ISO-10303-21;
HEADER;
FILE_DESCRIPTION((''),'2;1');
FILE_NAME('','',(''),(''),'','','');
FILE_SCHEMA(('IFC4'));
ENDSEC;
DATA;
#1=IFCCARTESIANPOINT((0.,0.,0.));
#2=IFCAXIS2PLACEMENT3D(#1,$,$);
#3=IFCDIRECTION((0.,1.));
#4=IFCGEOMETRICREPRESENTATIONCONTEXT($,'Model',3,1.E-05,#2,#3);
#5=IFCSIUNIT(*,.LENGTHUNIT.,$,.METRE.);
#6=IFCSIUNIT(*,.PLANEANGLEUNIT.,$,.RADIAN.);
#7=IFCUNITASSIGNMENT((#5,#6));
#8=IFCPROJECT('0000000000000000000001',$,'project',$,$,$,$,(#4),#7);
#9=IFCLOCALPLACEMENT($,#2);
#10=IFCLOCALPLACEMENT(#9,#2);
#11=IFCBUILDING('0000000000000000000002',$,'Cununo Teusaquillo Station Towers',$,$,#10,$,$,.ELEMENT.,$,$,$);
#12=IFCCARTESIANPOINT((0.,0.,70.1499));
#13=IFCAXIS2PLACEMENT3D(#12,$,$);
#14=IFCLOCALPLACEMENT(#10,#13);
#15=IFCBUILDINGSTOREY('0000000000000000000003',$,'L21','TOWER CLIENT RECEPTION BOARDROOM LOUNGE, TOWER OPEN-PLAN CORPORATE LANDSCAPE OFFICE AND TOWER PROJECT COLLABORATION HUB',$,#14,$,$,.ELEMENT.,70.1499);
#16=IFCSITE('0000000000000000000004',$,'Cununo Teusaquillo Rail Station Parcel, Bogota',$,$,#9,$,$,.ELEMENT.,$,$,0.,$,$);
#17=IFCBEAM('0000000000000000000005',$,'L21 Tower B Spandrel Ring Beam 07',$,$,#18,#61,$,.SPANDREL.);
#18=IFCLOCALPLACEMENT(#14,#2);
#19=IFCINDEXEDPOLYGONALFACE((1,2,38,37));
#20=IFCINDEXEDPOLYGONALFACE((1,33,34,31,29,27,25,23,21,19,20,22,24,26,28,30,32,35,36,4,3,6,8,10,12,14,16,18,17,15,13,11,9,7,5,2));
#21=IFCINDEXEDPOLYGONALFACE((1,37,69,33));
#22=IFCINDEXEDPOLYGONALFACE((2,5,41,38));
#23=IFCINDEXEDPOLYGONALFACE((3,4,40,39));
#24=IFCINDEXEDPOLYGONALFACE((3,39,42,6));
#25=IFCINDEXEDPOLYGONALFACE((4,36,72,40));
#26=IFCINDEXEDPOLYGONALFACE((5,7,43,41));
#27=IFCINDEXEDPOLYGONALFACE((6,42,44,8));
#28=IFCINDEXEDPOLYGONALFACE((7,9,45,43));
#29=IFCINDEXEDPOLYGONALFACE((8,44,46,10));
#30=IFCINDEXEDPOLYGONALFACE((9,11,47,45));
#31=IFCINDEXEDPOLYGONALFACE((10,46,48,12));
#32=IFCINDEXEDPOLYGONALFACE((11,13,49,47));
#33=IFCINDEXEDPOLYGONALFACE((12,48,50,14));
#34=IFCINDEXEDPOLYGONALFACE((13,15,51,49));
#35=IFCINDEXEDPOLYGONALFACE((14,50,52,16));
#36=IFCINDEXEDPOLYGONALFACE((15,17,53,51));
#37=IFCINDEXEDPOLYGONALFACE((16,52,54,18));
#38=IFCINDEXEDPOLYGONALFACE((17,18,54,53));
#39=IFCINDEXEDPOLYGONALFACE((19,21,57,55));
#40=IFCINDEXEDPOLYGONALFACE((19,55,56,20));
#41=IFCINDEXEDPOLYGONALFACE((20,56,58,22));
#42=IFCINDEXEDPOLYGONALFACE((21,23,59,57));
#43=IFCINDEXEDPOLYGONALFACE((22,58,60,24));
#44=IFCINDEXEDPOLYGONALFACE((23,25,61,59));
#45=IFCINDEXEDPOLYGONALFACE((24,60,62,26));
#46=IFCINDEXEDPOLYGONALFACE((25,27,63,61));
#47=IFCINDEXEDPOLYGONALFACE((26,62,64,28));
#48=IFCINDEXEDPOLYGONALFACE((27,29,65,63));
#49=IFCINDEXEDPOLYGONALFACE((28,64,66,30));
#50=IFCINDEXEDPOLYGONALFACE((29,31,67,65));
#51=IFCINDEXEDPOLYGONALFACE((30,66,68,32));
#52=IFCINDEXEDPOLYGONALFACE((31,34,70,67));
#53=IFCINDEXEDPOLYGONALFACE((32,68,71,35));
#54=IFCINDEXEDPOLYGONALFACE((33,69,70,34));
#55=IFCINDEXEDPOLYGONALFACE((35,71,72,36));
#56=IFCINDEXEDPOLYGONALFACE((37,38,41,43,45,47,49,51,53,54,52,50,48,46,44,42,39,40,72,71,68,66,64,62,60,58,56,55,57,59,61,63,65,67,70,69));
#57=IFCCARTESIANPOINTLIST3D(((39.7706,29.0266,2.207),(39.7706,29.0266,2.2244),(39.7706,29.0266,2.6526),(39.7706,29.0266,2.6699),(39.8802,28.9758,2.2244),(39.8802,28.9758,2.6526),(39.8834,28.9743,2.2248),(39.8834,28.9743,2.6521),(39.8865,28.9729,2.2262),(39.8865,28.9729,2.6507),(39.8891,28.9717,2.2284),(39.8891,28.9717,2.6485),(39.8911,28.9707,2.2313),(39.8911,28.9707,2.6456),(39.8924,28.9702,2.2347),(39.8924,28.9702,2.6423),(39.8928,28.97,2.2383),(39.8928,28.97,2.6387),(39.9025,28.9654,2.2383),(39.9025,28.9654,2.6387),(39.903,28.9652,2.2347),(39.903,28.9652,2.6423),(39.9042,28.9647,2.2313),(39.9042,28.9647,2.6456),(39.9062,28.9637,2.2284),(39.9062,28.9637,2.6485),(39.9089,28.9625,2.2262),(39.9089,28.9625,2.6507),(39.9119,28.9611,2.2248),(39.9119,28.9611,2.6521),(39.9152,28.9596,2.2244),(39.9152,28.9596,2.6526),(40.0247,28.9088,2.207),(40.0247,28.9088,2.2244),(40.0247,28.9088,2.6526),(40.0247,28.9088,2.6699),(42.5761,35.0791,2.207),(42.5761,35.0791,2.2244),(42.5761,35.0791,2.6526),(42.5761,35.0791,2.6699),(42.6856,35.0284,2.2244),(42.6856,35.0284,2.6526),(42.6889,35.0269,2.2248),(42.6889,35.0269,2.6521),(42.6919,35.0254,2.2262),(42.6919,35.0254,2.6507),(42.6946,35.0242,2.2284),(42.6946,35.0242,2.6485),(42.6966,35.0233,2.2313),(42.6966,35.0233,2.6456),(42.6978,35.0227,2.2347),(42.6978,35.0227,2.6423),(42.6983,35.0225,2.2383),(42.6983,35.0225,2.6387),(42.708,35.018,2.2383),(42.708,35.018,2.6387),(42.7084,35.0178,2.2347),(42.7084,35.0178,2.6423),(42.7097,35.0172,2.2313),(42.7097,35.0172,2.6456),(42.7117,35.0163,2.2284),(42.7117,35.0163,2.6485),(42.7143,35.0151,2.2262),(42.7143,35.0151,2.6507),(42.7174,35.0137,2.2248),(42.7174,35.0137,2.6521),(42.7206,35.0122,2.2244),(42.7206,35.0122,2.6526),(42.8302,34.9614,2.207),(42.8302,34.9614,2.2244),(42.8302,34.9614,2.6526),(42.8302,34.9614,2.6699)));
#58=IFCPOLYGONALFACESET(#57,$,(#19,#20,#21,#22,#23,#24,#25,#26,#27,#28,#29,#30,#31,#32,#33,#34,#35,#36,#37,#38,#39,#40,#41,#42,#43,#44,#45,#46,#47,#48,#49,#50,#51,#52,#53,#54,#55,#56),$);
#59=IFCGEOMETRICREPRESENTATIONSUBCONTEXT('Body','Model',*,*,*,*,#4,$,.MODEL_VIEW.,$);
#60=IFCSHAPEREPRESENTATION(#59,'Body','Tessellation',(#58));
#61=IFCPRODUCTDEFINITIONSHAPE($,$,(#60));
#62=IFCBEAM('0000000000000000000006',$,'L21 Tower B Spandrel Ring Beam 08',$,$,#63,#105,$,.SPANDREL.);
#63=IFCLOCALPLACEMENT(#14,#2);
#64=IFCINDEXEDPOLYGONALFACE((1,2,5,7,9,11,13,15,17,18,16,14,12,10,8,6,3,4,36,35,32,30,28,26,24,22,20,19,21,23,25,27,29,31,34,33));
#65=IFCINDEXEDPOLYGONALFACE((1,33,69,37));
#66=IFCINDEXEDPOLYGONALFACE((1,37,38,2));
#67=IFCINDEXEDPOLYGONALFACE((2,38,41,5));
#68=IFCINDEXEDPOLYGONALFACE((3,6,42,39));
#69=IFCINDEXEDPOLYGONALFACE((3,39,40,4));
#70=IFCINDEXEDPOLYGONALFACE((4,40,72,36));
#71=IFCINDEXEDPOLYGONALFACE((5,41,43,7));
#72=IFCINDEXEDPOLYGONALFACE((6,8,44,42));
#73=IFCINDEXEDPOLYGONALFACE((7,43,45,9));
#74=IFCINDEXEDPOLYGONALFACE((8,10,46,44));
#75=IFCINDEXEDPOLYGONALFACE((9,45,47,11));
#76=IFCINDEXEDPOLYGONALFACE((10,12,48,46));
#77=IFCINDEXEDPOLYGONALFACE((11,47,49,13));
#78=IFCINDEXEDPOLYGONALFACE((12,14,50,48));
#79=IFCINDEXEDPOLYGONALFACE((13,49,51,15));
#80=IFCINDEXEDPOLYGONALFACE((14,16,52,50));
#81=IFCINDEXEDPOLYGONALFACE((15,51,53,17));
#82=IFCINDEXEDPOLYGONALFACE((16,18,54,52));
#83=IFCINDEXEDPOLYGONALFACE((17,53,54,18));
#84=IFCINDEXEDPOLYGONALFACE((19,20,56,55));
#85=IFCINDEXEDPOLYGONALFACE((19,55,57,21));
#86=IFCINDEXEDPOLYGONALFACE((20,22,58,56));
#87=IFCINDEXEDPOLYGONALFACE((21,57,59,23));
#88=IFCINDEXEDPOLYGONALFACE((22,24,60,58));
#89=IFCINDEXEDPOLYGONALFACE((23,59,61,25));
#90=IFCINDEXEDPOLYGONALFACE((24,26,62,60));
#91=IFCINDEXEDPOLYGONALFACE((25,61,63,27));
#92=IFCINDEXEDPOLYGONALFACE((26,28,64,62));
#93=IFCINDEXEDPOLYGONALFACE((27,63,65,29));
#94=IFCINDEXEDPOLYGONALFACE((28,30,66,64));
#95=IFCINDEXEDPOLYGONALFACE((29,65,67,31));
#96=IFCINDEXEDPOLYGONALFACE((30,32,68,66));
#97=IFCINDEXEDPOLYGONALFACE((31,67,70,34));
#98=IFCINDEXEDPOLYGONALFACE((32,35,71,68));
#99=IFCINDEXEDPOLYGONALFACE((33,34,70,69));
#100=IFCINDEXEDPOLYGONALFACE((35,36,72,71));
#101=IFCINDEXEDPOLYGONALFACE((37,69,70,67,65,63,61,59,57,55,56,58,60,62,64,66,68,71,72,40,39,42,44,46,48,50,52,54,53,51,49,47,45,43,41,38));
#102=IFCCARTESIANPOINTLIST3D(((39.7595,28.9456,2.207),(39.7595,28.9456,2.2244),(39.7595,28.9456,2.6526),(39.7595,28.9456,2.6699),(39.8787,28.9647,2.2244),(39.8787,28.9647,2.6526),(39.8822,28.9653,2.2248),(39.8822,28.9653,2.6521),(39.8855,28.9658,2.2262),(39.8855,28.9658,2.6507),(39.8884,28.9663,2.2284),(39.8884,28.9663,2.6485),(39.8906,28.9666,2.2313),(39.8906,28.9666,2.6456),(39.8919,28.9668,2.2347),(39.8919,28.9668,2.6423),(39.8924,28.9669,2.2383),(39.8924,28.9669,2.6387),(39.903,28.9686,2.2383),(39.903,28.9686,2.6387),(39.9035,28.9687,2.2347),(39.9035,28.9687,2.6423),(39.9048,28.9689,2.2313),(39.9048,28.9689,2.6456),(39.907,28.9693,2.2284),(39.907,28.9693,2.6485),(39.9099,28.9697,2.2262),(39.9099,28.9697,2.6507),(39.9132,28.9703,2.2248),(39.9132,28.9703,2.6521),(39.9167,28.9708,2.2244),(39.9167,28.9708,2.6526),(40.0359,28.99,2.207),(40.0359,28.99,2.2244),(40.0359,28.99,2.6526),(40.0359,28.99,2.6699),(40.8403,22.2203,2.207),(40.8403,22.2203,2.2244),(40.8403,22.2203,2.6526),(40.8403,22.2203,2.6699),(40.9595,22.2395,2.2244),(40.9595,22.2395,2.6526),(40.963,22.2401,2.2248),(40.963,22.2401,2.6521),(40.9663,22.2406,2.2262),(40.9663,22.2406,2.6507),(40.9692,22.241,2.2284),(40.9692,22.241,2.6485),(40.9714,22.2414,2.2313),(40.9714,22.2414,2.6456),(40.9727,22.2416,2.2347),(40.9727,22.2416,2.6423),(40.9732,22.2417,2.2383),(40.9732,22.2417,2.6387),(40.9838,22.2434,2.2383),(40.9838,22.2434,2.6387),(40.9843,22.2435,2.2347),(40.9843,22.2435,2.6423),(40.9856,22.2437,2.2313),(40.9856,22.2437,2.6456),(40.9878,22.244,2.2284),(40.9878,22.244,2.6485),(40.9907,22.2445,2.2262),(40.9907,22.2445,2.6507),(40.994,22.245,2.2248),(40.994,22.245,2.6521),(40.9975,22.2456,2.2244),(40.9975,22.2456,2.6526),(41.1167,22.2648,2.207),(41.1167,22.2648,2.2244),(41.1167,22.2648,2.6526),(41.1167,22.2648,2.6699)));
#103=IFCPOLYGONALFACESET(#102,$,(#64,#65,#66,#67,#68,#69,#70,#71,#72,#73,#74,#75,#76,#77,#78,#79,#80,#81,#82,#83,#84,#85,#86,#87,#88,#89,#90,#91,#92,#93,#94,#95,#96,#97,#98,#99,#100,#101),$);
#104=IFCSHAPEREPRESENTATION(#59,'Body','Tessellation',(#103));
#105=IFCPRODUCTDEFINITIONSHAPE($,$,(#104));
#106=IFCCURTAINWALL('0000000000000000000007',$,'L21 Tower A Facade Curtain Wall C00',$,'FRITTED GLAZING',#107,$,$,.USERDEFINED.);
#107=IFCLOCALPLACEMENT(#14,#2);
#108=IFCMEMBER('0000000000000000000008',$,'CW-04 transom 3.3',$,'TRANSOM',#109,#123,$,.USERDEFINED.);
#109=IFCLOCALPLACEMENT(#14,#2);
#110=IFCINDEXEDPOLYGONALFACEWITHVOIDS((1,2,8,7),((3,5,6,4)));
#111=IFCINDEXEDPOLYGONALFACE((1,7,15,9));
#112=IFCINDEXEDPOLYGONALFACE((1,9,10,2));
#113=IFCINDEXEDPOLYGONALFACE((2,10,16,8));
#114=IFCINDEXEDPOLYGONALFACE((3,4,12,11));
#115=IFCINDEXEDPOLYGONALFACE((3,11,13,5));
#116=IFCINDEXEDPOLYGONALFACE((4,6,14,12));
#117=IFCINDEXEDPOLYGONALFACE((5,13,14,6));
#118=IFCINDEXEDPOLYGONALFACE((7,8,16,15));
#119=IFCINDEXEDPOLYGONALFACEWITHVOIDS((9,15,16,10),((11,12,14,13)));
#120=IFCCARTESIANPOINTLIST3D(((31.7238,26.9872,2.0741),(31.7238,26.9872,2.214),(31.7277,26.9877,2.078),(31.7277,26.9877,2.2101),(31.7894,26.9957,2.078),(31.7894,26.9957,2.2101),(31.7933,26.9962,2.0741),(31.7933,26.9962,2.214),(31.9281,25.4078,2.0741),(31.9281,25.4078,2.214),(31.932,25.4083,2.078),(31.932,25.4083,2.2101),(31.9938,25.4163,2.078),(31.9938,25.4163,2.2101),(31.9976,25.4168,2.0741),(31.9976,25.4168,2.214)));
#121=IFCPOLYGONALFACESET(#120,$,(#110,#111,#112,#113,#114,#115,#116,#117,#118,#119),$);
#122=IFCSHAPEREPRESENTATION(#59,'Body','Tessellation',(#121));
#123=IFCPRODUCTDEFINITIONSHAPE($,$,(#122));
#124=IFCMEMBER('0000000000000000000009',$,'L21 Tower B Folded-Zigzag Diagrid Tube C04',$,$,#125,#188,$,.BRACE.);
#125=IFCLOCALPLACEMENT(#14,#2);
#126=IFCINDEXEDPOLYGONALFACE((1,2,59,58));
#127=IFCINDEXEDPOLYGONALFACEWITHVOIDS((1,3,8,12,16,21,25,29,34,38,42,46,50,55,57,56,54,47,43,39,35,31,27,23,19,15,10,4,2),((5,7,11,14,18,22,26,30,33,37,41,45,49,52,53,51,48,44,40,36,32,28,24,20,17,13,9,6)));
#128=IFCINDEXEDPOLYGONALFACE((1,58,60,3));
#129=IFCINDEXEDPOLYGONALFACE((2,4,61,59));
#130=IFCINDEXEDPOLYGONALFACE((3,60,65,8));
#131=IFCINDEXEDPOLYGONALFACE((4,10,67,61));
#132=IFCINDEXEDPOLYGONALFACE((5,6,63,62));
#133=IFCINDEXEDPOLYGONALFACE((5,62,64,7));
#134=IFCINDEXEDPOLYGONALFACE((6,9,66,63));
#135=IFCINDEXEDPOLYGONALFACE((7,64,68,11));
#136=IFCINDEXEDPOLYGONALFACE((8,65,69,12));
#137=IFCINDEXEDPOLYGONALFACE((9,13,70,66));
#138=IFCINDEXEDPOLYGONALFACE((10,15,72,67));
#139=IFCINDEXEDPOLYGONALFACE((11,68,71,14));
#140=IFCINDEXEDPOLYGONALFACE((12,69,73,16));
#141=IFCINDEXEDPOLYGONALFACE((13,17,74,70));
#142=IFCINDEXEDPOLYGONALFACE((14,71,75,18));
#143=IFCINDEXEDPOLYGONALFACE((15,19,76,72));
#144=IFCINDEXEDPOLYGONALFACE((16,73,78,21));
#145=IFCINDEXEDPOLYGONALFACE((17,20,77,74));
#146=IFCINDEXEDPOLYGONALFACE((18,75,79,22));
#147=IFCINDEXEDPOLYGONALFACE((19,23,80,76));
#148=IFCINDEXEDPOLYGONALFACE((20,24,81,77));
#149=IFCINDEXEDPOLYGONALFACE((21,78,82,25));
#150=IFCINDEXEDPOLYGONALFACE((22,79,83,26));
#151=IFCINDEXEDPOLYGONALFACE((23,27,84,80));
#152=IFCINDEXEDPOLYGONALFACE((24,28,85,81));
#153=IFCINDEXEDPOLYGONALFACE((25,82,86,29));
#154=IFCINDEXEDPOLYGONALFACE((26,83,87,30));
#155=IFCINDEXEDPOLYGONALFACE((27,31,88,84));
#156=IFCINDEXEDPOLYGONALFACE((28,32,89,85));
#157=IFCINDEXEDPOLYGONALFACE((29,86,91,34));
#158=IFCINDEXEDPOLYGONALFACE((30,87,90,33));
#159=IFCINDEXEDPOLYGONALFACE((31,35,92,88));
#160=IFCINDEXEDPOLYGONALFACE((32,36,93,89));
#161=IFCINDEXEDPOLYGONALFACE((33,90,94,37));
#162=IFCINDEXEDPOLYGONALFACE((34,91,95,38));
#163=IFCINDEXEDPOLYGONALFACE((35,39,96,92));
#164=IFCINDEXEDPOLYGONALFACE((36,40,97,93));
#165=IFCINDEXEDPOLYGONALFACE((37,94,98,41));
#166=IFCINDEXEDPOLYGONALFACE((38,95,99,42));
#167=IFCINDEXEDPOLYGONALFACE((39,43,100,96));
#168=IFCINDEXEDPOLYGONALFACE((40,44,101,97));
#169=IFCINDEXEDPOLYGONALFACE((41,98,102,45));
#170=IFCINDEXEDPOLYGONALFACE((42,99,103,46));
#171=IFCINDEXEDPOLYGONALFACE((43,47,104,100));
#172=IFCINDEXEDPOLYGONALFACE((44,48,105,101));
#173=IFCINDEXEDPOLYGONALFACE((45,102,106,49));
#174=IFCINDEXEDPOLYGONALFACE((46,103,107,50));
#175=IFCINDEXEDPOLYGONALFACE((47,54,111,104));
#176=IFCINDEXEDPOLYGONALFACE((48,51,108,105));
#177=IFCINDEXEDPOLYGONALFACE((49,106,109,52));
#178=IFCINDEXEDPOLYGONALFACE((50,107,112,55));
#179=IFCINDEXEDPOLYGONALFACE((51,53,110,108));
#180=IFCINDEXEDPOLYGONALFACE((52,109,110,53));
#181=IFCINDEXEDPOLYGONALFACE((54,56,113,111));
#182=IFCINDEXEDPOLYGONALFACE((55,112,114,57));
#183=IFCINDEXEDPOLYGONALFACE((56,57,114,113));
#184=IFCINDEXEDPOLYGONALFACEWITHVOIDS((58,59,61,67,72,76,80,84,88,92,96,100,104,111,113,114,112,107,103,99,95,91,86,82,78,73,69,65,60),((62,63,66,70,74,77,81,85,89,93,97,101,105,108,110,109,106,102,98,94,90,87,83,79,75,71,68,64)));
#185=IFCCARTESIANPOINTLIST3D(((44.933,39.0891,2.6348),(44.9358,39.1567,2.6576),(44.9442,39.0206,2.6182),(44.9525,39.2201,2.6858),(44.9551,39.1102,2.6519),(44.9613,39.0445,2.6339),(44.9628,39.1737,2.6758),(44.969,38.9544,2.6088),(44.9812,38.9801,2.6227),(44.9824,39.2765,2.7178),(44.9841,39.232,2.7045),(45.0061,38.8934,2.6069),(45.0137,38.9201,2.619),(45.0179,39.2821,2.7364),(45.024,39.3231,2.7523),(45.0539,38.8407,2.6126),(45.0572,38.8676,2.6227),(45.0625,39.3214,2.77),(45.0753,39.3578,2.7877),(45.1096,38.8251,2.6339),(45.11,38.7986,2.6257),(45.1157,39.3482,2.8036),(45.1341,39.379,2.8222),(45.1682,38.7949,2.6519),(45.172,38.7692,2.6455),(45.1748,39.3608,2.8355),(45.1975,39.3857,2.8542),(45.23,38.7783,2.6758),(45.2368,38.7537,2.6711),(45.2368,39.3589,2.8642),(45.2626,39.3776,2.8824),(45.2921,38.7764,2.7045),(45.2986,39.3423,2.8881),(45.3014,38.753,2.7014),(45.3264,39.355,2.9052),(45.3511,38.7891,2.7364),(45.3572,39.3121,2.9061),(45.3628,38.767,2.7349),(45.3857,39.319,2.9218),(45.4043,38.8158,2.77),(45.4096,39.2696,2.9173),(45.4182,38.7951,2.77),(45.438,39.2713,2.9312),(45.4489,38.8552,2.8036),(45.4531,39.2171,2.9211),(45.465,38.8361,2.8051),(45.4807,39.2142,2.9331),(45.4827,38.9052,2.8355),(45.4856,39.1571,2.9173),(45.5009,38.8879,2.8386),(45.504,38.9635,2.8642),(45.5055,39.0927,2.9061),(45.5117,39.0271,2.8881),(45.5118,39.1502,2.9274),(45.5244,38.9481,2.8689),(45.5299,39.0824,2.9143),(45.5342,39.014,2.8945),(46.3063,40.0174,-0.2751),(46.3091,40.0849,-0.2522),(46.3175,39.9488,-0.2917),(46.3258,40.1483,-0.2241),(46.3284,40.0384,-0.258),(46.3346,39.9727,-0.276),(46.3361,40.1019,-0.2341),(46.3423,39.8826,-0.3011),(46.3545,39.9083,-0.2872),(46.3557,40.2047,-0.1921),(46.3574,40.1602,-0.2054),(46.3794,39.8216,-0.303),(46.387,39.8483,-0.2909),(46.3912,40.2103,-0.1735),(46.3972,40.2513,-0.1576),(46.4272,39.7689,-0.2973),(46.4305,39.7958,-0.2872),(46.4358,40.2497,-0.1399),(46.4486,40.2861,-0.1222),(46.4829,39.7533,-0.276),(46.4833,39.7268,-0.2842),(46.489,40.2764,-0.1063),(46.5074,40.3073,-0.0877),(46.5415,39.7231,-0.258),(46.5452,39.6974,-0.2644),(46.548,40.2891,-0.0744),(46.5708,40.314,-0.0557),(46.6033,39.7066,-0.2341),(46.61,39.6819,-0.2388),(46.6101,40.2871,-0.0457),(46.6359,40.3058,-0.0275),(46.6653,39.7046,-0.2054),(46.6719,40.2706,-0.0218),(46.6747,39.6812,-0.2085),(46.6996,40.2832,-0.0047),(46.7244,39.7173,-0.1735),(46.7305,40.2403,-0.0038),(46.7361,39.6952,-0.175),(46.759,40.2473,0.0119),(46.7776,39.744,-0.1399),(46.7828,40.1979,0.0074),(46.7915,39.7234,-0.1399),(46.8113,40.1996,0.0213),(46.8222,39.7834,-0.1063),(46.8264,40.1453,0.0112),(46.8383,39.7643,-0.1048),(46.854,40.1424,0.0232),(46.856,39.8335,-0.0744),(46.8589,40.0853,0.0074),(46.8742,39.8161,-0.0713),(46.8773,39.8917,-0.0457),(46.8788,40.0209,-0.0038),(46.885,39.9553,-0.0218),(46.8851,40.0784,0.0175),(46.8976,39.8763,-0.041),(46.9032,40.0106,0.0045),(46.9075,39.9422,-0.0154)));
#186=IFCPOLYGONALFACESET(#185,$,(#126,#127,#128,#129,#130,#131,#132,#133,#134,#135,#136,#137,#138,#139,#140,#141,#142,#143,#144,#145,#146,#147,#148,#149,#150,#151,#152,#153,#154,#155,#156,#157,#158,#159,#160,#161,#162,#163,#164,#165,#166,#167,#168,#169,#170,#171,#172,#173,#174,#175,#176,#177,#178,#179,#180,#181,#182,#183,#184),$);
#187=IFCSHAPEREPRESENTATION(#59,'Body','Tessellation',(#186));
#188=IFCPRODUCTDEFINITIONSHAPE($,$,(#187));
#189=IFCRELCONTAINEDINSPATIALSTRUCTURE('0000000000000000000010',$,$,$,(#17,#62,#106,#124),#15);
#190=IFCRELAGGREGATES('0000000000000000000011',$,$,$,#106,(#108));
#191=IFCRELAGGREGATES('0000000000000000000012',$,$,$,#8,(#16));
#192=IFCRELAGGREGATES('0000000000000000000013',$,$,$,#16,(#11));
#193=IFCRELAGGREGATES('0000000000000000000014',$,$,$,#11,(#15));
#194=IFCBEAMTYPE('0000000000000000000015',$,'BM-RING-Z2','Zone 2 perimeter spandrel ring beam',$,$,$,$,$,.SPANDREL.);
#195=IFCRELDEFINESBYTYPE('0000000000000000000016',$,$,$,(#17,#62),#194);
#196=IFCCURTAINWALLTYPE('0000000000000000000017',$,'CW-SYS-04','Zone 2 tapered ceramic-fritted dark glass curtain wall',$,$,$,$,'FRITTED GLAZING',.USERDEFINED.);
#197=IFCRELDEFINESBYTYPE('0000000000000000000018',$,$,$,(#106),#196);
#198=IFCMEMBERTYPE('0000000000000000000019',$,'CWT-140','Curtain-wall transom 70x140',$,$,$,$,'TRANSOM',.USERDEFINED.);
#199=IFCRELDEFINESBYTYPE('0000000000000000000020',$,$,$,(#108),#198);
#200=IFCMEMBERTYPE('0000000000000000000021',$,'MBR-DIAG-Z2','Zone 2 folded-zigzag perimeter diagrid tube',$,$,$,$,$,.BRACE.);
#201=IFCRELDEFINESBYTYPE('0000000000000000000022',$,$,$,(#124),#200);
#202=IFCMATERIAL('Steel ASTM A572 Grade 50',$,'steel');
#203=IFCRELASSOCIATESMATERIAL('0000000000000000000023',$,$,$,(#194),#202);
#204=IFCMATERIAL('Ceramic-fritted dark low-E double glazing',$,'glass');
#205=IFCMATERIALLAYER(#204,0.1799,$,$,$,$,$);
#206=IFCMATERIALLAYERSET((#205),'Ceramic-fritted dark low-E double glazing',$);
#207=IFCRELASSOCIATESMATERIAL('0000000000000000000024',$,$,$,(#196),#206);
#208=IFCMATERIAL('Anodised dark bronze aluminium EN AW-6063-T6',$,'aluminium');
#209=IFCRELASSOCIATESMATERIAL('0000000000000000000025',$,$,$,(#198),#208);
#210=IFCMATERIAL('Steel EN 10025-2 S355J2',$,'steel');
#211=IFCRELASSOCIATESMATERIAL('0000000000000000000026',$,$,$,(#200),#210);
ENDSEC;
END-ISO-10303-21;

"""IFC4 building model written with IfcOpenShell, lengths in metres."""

from ifc_helpers import new_model, si_unit, direction, frame, origin, origin_2d, place, context, subcontext, project, spatial, hollow_rectangle, hollow_circle, i_section, extrude, material, layer, layer_set, material_profile, profile_set, type_object, element, aggregate, save


model = new_model("IFC4")

# Units and contexts
model_context = context("Model", 3, precision=1e-05, world=origin(), true_north=direction((0.0, 1.0)))
body_context = subcontext(model_context, "Body", "Model", "MODEL_VIEW")
ifc_project = project(units=[si_unit("LENGTHUNIT", "METRE"), si_unit("PLANEANGLEUNIT", "RADIAN")], contexts=[model_context])

# Site, building, storey
site_placement = place(None, origin())
site = spatial("IfcSite", under=ifc_project, at=site_placement, Name="Cununo Teusaquillo Rail Station Parcel, Bogota", CompositionType="ELEMENT", RefElevation=0.0)
building_placement = place(site_placement, origin())
building = spatial("IfcBuilding", under=site, at=building_placement, Name="Cununo Teusaquillo Station Towers", CompositionType="ELEMENT")
storey_placement = place(building_placement, frame((0.0, 0.0, 70.1499)))
storey = spatial("IfcBuildingStorey", under=building, at=storey_placement, Name="L21", Description="TOWER CLIENT RECEPTION BOARDROOM LOUNGE, TOWER OPEN-PLAN CORPORATE LANDSCAPE OFFICE AND TOWER PROJECT COLLABORATION HUB", CompositionType="ELEMENT", Elevation=70.1499)

# Beams
ifc_material_1 = material(Name="Steel ASTM A572 Grade 50", Category="steel")
ifc_material_profile_1 = material_profile(ifc_material_1, i_section(OverallWidth=0.28, OverallDepth=0.4629, WebThickness=0.0107, FlangeThickness=0.0173, FilletRadius=0.0139, at=origin_2d()), Name="W18X76")
ifc_profile_set_1 = profile_set([ifc_material_profile_1], Name="Steel ASTM A572 Grade 50")
beam_type_1 = type_object("IfcBeamType", Name="BM-RING-Z2", Description="Zone 2 perimeter spandrel ring beam", PredefinedType="SPANDREL", material=ifc_profile_set_1)
beam_1_placement = place(storey_placement, frame((42.7031, 35.0203, 2.4385), z_axis=(-0.420536, -0.907276, 0.0), x_axis=(0.907276, -0.420536, 0.0)))
element("IfcBeam", 1, at=beam_1_placement, inside=storey, type_object=beam_type_1, Name="L21 Tower B Spandrel Ring Beam 07", PredefinedType="SPANDREL", context=body_context, shape_type="SweptSolid", body=[
    extrude(i_section(OverallWidth=0.28, OverallDepth=0.4629, WebThickness=0.0107, FlangeThickness=0.0173, FilletRadius=0.0139, at=origin_2d()), origin(), (0.0, 0.0, 1.0), 6.6711),
])
beam_2_placement = place(storey_placement, frame((39.8977, 28.9678, 2.4385), z_axis=(0.158671, -0.987331, 0.0), x_axis=(0.987331, 0.158671, 0.0)))
element("IfcBeam", 2, at=beam_2_placement, inside=storey, type_object=beam_type_1, Name="L21 Tower B Spandrel Ring Beam 08", PredefinedType="SPANDREL", context=body_context, shape_type="SweptSolid", body=[
    extrude(i_section(OverallWidth=0.28, OverallDepth=0.4629, WebThickness=0.0107, FlangeThickness=0.0173, FilletRadius=0.0139, at=origin_2d()), origin(), (0.0, 0.0, 1.0), 6.8115),
])

# Curtain wall, member
ifc_material_2 = material(Name="Ceramic-fritted dark low-E double glazing", Category="glass")
ifc_layer_1 = layer(ifc_material_2, 0.1799)
ifc_layer_set_1 = layer_set([ifc_layer_1], Name="Ceramic-fritted dark low-E double glazing")
curtain_wall_type = type_object("IfcCurtainWallType", Name="CW-SYS-04", Description="Zone 2 tapered ceramic-fritted dark glass curtain wall", ElementType="FRITTED GLAZING", PredefinedType="USERDEFINED", material=ifc_layer_set_1)
curtain_wall_placement = place(storey_placement, origin())
curtain_wall = element("IfcCurtainWall", 3, at=curtain_wall_placement, inside=storey, type_object=curtain_wall_type, Name="L21 Tower A Facade Curtain Wall C00", ObjectType="FRITTED GLAZING", PredefinedType="USERDEFINED")
ifc_material_3 = material(Name="Anodised dark bronze aluminium EN AW-6063-T6", Category="aluminium")
ifc_material_profile_2 = material_profile(ifc_material_3, hollow_rectangle(XDim=0.0701, YDim=0.1399, WallThickness=0.0039, at=origin_2d()), Name="CW-TRAN-70x140")
ifc_profile_set_2 = profile_set([ifc_material_profile_2], Name="Anodised dark bronze aluminium EN AW-6063-T6")
member_type_1 = type_object("IfcMemberType", Name="CWT-140", Description="Curtain-wall transom 70x140", ElementType="TRANSOM", PredefinedType="USERDEFINED", material=ifc_profile_set_2)
member_1_placement = place(storey_placement, frame((31.7585, 26.9917, 2.144), z_axis=(0.128317, -0.991733, 0.0), x_axis=(0.991733, 0.128317, 0.0)))
member_1 = element("IfcMember", 4, at=member_1_placement, type_object=member_type_1, Name="CW-04 transom 3.3", ObjectType="TRANSOM", PredefinedType="USERDEFINED", context=body_context, shape_type="SweptSolid", body=[
    extrude(hollow_rectangle(XDim=0.0701, YDim=0.1399, WallThickness=0.0039, at=origin_2d()), origin(), (0.0, 0.0, 1.0), 1.5925),
])

# Member
ifc_material_4 = material(Name="Steel EN 10025-2 S355J2", Category="steel")
ifc_material_profile_3 = material_profile(ifc_material_4, hollow_circle(Radius=0.3301, WallThickness=0.0249, at=origin_2d()), Name="CHS 660x25")
ifc_profile_set_3 = profile_set([ifc_material_profile_3], Name="Steel EN 10025-2 S355J2")
member_type_2 = type_object("IfcMemberType", Name="MBR-DIAG-Z2", Description="Zone 2 folded-zigzag perimeter diagrid tube", PredefinedType="BRACE", material=ifc_profile_set_3)
member_2_placement = place(storey_placement, frame((46.6067, 39.9968, -0.1399), z_axis=(-0.410073, -0.277173, 0.868916), x_axis=(0.559991, -0.828498, 0.0)))
element("IfcMember", 5, at=member_2_placement, inside=storey, type_object=member_type_2, Name="L21 Tower B Folded-Zigzag Diagrid Tube C04", PredefinedType="BRACE", context=body_context, shape_type="SweptSolid", body=[
    extrude(hollow_circle(Radius=0.3301, WallThickness=0.0249, at=origin_2d()), origin(), (0.0, 0.0, 1.0), 3.3489),
])

aggregate(curtain_wall, [member_1])

save(model, "model.ifc")
